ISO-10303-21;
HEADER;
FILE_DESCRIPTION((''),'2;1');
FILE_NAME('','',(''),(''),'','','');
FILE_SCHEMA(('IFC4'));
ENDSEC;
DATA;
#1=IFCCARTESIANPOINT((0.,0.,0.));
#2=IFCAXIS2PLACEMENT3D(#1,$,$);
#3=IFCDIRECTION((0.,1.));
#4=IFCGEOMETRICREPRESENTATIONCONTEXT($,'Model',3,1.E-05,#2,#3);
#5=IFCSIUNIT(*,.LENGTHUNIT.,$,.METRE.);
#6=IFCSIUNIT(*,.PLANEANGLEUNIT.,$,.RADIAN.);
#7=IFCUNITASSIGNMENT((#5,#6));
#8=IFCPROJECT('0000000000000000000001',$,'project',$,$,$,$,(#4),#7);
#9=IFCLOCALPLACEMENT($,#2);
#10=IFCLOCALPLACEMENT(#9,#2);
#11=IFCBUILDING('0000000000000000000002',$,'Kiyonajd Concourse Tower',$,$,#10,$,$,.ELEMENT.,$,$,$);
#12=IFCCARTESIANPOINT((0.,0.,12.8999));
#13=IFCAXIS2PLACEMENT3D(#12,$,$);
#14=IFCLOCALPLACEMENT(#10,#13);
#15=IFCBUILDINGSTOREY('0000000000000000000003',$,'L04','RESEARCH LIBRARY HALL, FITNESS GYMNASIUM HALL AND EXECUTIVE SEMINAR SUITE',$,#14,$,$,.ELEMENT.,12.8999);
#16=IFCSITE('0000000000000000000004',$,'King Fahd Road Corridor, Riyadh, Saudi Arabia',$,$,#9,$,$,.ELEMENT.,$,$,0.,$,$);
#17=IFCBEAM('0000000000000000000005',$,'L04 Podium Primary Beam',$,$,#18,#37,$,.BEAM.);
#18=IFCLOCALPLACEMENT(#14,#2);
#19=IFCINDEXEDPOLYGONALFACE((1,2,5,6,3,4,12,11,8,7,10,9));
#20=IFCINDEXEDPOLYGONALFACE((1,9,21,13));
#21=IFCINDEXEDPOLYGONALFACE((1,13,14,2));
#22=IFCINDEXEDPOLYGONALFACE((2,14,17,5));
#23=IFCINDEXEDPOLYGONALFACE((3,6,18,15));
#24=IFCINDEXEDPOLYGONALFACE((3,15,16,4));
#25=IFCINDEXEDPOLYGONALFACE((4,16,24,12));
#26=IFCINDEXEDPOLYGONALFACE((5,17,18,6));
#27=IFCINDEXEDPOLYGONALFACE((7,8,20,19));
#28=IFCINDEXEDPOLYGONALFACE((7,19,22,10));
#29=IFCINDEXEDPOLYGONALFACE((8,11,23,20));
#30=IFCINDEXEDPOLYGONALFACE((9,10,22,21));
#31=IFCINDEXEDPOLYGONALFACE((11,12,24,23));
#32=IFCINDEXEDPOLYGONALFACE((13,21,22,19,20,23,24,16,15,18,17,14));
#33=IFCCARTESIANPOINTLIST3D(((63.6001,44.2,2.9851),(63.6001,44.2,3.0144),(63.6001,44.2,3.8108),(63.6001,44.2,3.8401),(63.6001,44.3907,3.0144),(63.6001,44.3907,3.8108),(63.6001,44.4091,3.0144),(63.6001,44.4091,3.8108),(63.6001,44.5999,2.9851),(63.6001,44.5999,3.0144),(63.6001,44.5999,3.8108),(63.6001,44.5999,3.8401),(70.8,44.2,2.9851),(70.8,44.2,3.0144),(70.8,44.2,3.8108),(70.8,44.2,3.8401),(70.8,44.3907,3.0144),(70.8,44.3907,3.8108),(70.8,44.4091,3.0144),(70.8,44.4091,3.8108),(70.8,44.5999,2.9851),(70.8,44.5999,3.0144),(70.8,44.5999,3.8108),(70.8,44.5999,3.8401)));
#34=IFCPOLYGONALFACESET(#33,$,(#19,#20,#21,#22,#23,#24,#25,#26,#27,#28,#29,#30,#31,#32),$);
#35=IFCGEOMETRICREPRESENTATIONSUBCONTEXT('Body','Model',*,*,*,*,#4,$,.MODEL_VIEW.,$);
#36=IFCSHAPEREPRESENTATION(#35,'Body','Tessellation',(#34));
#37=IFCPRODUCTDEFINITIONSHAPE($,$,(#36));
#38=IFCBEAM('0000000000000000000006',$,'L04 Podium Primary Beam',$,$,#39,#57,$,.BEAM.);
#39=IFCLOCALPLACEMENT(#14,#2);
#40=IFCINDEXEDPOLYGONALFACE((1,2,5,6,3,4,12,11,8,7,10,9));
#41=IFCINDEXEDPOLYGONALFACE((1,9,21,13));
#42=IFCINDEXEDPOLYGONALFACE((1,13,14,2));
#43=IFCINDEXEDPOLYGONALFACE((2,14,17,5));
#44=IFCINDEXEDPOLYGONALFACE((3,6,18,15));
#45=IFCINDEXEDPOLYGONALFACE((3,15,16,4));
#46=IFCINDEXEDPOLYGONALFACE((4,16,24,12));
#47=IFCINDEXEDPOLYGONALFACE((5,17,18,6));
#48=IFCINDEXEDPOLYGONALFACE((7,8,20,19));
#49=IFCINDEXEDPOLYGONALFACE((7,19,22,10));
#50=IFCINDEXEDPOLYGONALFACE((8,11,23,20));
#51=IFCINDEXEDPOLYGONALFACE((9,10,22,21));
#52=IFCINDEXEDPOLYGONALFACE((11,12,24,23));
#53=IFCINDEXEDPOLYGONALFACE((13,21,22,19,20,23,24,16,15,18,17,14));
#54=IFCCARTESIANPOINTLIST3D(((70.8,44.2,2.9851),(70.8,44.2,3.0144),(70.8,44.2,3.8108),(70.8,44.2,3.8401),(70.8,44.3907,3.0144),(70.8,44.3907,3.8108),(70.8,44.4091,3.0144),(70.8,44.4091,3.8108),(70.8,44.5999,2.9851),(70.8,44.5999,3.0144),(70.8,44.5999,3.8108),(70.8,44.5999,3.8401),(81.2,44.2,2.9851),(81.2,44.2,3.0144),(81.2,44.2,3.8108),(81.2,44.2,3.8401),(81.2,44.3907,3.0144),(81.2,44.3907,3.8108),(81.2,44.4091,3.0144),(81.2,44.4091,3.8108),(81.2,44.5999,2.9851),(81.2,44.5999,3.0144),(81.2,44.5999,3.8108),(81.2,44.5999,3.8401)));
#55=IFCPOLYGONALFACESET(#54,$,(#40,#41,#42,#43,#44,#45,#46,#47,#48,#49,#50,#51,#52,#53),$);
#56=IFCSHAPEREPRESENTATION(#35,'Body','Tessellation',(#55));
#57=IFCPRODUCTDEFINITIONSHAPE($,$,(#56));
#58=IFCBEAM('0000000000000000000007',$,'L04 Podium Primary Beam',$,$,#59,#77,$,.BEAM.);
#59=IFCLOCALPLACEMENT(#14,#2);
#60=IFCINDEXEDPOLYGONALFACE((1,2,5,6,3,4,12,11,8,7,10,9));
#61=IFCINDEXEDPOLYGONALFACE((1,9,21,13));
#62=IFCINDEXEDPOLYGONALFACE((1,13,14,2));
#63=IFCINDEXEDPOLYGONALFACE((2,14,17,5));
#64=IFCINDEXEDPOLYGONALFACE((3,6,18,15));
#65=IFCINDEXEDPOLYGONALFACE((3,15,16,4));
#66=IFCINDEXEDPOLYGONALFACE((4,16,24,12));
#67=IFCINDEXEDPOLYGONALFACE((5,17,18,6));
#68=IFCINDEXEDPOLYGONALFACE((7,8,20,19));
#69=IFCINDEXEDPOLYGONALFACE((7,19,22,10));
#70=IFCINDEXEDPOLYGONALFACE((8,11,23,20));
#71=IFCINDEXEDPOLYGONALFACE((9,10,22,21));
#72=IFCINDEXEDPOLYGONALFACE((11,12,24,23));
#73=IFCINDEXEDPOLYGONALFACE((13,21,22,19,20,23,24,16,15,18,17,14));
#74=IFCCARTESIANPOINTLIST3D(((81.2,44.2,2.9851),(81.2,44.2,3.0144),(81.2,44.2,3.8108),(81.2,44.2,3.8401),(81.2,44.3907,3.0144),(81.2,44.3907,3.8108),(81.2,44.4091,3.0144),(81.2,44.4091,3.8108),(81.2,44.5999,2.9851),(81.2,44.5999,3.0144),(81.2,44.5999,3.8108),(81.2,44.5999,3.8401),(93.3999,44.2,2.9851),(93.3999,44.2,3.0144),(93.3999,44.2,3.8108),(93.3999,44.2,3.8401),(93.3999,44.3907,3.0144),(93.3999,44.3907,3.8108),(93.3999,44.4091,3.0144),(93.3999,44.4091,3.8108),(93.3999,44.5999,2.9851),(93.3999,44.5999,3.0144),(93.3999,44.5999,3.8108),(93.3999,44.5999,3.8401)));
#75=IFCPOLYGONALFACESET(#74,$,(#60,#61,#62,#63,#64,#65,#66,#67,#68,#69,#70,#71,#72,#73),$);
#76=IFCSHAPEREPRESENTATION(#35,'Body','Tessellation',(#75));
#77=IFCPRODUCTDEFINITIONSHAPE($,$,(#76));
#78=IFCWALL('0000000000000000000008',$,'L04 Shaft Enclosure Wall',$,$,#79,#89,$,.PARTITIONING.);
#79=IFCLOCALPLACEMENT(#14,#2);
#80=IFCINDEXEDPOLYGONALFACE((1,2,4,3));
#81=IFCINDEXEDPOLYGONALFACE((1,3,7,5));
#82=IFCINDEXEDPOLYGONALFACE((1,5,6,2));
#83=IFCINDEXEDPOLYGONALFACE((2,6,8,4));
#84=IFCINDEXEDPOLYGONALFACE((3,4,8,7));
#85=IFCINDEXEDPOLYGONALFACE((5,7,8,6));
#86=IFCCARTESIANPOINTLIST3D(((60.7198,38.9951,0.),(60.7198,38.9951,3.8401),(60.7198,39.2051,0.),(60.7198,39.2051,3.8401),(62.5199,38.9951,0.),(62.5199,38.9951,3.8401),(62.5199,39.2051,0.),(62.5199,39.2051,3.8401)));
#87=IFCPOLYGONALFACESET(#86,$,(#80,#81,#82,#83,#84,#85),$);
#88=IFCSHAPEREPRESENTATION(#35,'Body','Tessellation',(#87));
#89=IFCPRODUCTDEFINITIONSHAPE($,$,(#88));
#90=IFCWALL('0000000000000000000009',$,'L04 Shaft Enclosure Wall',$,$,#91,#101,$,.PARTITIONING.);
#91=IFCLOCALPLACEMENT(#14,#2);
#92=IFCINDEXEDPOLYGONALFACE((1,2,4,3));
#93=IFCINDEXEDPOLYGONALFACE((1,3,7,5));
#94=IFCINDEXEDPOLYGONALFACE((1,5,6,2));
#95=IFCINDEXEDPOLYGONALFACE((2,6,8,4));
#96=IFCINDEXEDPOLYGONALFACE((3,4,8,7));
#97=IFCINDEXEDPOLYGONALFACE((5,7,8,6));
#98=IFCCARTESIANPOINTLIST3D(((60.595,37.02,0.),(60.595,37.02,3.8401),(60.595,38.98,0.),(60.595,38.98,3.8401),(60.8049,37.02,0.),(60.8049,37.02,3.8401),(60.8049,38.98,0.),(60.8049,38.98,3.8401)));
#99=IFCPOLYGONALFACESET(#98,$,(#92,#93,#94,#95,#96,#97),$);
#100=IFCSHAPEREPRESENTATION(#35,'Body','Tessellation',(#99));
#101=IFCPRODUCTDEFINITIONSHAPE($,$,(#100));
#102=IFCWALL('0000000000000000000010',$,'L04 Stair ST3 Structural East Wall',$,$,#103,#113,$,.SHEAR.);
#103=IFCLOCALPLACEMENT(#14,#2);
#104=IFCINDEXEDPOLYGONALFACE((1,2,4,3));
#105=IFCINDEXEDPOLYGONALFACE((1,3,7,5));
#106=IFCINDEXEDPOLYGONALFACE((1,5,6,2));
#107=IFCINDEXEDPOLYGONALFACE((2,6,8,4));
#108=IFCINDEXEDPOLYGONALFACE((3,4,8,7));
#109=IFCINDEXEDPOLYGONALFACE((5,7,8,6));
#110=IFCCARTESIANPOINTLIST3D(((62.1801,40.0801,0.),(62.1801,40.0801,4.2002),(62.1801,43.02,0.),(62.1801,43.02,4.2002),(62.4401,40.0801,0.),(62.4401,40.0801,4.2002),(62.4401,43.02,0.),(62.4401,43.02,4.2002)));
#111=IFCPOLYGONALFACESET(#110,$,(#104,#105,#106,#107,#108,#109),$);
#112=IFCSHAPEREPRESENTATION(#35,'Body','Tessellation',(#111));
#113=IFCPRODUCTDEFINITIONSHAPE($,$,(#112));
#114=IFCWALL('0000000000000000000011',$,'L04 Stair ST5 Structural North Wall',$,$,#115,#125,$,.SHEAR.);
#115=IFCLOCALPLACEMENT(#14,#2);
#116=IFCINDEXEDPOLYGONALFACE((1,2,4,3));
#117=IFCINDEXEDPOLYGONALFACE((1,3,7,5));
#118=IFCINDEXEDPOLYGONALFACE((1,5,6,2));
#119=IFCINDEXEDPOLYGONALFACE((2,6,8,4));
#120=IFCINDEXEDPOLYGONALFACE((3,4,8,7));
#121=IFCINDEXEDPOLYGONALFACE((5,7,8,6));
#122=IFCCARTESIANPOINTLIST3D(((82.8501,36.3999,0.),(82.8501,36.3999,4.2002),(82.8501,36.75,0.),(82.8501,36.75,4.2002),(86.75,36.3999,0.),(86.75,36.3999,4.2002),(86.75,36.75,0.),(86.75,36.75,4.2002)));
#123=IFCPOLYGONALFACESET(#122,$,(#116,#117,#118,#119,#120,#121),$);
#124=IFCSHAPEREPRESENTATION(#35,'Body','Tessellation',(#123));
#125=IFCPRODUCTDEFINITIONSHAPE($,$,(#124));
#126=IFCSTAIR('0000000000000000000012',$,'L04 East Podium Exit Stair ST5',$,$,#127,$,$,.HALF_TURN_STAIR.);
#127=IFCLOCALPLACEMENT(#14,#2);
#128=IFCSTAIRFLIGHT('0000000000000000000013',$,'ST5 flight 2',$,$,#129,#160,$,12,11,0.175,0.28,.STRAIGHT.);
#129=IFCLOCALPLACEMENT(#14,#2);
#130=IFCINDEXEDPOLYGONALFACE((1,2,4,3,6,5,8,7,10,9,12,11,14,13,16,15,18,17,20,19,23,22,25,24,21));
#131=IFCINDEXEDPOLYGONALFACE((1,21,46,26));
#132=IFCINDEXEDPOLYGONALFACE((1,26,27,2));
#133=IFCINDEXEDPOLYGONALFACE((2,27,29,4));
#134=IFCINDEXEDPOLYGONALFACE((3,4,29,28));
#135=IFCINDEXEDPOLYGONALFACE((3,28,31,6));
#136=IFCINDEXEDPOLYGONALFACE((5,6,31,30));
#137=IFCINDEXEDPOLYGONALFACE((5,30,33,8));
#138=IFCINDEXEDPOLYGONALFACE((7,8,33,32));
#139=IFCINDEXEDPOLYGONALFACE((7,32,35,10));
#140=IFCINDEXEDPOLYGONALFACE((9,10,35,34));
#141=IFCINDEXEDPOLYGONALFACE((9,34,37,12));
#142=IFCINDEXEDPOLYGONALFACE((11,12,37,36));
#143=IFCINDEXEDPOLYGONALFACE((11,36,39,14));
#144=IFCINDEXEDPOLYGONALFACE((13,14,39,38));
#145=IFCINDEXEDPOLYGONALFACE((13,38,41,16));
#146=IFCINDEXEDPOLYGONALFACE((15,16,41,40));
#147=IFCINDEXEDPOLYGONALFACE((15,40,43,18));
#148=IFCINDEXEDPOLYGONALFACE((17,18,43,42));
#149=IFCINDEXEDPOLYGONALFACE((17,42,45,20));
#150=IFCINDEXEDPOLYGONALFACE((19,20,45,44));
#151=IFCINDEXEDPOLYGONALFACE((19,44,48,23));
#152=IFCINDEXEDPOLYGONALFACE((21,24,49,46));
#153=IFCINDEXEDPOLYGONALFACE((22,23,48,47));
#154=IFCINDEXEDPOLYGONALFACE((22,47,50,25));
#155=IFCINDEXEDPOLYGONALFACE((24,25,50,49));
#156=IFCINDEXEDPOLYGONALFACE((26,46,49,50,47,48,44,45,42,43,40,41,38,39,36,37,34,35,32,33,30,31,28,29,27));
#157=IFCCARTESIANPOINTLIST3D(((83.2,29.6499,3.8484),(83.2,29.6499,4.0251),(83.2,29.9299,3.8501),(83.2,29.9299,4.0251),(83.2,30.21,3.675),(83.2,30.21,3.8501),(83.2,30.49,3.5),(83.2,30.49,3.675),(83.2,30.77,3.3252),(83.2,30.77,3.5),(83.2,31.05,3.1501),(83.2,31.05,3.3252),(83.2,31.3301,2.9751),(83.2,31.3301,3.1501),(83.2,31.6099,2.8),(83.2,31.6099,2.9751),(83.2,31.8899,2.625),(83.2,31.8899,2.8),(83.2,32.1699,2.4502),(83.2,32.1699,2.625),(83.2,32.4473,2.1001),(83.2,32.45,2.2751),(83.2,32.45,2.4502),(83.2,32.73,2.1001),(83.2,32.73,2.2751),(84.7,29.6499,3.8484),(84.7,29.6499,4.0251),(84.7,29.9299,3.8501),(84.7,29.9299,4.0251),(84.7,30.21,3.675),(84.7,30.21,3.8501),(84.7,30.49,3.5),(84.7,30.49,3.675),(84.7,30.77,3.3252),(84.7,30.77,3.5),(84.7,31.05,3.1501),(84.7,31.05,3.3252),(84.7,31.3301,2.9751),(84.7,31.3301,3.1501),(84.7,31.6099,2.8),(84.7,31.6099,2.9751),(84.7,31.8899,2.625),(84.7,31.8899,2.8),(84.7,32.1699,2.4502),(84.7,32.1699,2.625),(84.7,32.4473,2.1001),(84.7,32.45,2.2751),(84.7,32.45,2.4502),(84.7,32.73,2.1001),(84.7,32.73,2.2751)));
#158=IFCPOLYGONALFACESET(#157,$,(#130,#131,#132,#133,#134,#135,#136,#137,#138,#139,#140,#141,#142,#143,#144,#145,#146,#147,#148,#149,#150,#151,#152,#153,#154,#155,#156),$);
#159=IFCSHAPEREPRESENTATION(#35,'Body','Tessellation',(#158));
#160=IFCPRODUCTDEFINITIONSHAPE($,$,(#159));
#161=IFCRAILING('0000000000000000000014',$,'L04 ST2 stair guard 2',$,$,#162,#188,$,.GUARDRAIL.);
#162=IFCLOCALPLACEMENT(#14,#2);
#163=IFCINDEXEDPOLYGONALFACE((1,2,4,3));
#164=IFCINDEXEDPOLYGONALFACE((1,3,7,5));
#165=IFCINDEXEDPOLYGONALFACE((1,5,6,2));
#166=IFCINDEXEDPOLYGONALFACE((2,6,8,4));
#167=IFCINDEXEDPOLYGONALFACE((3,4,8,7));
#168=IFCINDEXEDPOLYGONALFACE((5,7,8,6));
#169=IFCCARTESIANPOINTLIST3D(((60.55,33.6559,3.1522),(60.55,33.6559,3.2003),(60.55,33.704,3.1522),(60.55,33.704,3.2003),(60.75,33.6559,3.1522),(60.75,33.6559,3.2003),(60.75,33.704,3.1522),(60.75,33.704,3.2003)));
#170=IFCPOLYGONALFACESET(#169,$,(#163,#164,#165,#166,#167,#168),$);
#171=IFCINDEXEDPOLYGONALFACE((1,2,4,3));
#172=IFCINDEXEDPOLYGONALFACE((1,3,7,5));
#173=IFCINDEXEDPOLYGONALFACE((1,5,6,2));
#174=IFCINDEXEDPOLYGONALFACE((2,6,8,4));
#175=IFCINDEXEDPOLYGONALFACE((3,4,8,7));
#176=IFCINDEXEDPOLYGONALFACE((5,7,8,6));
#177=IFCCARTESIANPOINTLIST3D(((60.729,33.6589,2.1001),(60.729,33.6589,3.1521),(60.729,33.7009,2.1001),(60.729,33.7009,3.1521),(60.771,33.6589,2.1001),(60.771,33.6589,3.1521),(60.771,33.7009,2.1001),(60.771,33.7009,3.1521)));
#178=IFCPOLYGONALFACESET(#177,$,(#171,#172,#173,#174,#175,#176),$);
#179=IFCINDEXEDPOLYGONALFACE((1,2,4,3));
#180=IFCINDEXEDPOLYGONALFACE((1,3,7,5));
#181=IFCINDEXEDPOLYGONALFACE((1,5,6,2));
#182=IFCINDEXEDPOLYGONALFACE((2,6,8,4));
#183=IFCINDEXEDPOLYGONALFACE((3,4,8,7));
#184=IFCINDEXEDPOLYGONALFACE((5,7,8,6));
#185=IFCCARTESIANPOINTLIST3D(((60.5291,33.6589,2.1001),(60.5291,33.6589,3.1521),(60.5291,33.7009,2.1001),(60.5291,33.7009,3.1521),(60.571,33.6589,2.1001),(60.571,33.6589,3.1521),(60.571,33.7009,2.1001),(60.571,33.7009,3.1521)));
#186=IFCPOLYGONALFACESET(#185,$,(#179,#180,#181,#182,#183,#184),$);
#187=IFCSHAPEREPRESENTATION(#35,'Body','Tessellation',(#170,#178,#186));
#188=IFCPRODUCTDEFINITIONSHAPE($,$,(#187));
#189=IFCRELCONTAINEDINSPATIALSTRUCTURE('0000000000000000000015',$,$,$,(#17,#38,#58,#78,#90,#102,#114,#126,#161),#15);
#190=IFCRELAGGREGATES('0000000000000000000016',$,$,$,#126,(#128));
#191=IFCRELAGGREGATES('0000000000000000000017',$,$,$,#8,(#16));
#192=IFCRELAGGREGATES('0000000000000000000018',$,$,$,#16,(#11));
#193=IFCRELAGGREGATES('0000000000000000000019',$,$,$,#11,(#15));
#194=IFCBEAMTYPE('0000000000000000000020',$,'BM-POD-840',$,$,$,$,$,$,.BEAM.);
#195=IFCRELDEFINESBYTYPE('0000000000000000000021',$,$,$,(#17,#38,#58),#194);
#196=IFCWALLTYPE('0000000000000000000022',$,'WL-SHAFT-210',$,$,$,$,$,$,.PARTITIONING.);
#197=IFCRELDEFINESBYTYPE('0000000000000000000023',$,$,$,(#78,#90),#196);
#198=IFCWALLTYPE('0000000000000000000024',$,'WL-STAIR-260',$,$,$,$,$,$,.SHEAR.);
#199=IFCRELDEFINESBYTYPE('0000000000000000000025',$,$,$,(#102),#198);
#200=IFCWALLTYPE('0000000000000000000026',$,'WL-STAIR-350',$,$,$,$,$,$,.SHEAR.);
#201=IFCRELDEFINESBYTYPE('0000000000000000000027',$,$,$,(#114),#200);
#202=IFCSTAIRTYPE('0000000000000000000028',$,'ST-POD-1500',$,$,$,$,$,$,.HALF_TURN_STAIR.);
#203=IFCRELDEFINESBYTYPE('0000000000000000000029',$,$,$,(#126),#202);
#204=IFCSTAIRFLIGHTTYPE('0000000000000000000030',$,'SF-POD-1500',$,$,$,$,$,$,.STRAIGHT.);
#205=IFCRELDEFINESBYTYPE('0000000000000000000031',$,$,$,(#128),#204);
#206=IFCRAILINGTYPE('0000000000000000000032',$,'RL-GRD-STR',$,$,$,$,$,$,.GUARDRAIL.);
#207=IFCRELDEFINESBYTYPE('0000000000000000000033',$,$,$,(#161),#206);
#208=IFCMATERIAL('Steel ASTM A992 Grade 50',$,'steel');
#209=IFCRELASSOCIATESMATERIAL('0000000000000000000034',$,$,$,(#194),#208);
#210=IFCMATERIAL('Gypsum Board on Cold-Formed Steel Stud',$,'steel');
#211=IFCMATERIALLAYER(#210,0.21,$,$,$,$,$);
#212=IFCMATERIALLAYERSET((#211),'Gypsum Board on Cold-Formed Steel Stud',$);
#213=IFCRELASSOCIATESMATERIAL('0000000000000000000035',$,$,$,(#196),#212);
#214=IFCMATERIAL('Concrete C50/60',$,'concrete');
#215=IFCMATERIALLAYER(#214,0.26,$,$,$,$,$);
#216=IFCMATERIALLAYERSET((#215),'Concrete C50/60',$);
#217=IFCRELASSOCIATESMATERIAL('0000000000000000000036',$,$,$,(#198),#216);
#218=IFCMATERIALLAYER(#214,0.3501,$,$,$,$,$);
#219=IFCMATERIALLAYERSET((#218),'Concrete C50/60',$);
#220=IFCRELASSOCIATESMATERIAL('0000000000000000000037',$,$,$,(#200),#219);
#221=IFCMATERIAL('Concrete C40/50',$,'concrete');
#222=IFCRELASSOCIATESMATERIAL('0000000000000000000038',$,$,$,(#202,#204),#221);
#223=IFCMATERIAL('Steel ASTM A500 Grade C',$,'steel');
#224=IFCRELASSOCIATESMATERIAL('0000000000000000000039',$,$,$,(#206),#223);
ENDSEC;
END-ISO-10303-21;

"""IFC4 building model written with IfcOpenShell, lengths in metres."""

from ifc_helpers import new_model, si_unit, direction, frame, frame_2d, origin, origin_2d, place, context, subcontext, project, spatial, polyline, rectangle, i_section, outline, extrude, material, layer, layer_set, material_profile, profile_set, type_object, element, aggregate, save


model = new_model("IFC4")

# Units and contexts
model_context = context("Model", 3, precision=1e-05, world=origin(), true_north=direction((0.0, 1.0)))
body_context = subcontext(model_context, "Body", "Model", "MODEL_VIEW")
ifc_project = project(units=[si_unit("LENGTHUNIT", "METRE"), si_unit("PLANEANGLEUNIT", "RADIAN")], contexts=[model_context])

# Site, building, storey
site_placement = place(None, origin())
site = spatial("IfcSite", under=ifc_project, at=site_placement, Name="King Fahd Road Corridor, Riyadh, Saudi Arabia", CompositionType="ELEMENT", RefElevation=0.0)
building_placement = place(site_placement, origin())
building = spatial("IfcBuilding", under=site, at=building_placement, Name="Kiyonajd Concourse Tower", CompositionType="ELEMENT")
storey_placement = place(building_placement, frame((0.0, 0.0, 12.8999)))
storey = spatial("IfcBuildingStorey", under=building, at=storey_placement, Name="L04", Description="RESEARCH LIBRARY HALL, FITNESS GYMNASIUM HALL AND EXECUTIVE SEMINAR SUITE", CompositionType="ELEMENT", Elevation=12.8999)

# Beams
ifc_material_1 = material(Name="Steel ASTM A992 Grade 50", Category="steel")
ifc_material_profile_1 = material_profile(ifc_material_1, i_section(OverallWidth=0.3999, OverallDepth=0.855, WebThickness=0.0183, FlangeThickness=0.0293, at=origin_2d()), Name="W840X299")
ifc_profile_set_1 = profile_set([ifc_material_profile_1], Name="Steel ASTM A992 Grade 50")
beam_type_1 = type_object("IfcBeamType", Name="BM-POD-840", PredefinedType="BEAM", material=ifc_profile_set_1)
beam_1_placement = place(storey_placement, frame((63.6001, 44.3999, 3.4126), z_axis=(1.0, 0.0, 0.0), x_axis=(0.0, 1.0, 0.0)))
element("IfcBeam", 1, at=beam_1_placement, inside=storey, type_object=beam_type_1, Name="L04 Podium Primary Beam", PredefinedType="BEAM", context=body_context, shape_type="SweptSolid", body=[
    extrude(i_section(OverallWidth=0.3999, OverallDepth=0.855, WebThickness=0.0183, FlangeThickness=0.0293, at=origin_2d()), origin(), (0.0, 0.0, 1.0), 7.2),
])
beam_2_placement = place(storey_placement, frame((70.8, 44.3999, 3.4126), z_axis=(1.0, 0.0, 0.0), x_axis=(0.0, 1.0, 0.0)))
element("IfcBeam", 2, at=beam_2_placement, inside=storey, type_object=beam_type_1, Name="L04 Podium Primary Beam", PredefinedType="BEAM", context=body_context, shape_type="SweptSolid", body=[
    extrude(i_section(OverallWidth=0.3999, OverallDepth=0.855, WebThickness=0.0183, FlangeThickness=0.0293, at=origin_2d()), origin(), (0.0, 0.0, 1.0), 10.3999),
])
beam_3_placement = place(storey_placement, frame((81.2, 44.3999, 3.4126), z_axis=(1.0, 0.0, 0.0), x_axis=(0.0, 1.0, 0.0)))
element("IfcBeam", 3, at=beam_3_placement, inside=storey, type_object=beam_type_1, Name="L04 Podium Primary Beam", PredefinedType="BEAM", context=body_context, shape_type="SweptSolid", body=[
    extrude(i_section(OverallWidth=0.3999, OverallDepth=0.855, WebThickness=0.0183, FlangeThickness=0.0293, at=origin_2d()), origin(), (0.0, 0.0, 1.0), 12.2),
])

# Walls
ifc_material_2 = material(Name="Gypsum Board on Cold-Formed Steel Stud", Category="steel")
ifc_layer_1 = layer(ifc_material_2, 0.21)
ifc_layer_set_1 = layer_set([ifc_layer_1], Name="Gypsum Board on Cold-Formed Steel Stud")
wall_type_1 = type_object("IfcWallType", Name="WL-SHAFT-210", PredefinedType="PARTITIONING", material=ifc_layer_set_1)
wall_1_placement = place(storey_placement, frame((60.72, 39.1001, 0.0), z_axis=(0.0, 0.0, 1.0), x_axis=(1.0, 0.0, 0.0)))
element("IfcWall", 4, at=wall_1_placement, inside=storey, type_object=wall_type_1, Name="L04 Shaft Enclosure Wall", PredefinedType="PARTITIONING", context=body_context, shape_type="SweptSolid", body=[
    extrude(rectangle(XDim=1.8, YDim=0.21, at=frame_2d((0.8999, 0.0))), origin(), (0.0, 0.0, 1.0), 3.8401),
])
wall_2_placement = place(storey_placement, frame((60.7, 37.02, 0.0), z_axis=(0.0, 0.0, 1.0), x_axis=(0.0, 1.0, 0.0)))
element("IfcWall", 5, at=wall_2_placement, inside=storey, type_object=wall_type_1, Name="L04 Shaft Enclosure Wall", PredefinedType="PARTITIONING", context=body_context, shape_type="SweptSolid", body=[
    extrude(rectangle(XDim=1.96, YDim=0.21, at=frame_2d((0.98, 0.0))), origin(), (0.0, 0.0, 1.0), 3.8401),
])
ifc_material_3 = material(Name="Concrete C50/60", Category="concrete")
ifc_layer_2 = layer(ifc_material_3, 0.26)
ifc_layer_set_2 = layer_set([ifc_layer_2], Name="Concrete C50/60")
wall_type_2 = type_object("IfcWallType", Name="WL-STAIR-260", PredefinedType="SHEAR", material=ifc_layer_set_2)
wall_3_placement = place(storey_placement, frame((62.3101, 40.0801, 0.0), z_axis=(0.0, 0.0, 1.0), x_axis=(0.0, 1.0, 0.0)))
element("IfcWall", 6, at=wall_3_placement, inside=storey, type_object=wall_type_2, Name="L04 Stair ST3 Structural East Wall", PredefinedType="SHEAR", context=body_context, shape_type="SweptSolid", body=[
    extrude(rectangle(XDim=2.9399, YDim=0.26, at=frame_2d((1.47, 0.0))), origin(), (0.0, 0.0, 1.0), 4.2002),
])
ifc_layer_3 = layer(ifc_material_3, 0.3501)
ifc_layer_set_3 = layer_set([ifc_layer_3], Name="Concrete C50/60")
wall_type_3 = type_object("IfcWallType", Name="WL-STAIR-350", PredefinedType="SHEAR", material=ifc_layer_set_3)
wall_4_placement = place(storey_placement, frame((82.8501, 36.575, 0.0), z_axis=(0.0, 0.0, 1.0), x_axis=(1.0, 0.0, 0.0)))
element("IfcWall", 7, at=wall_4_placement, inside=storey, type_object=wall_type_3, Name="L04 Stair ST5 Structural North Wall", PredefinedType="SHEAR", context=body_context, shape_type="SweptSolid", body=[
    extrude(rectangle(XDim=3.8999, YDim=0.3501, at=frame_2d((1.95, 0.0))), origin(), (0.0, 0.0, 1.0), 4.2002),
])

# Stair, stair flight
ifc_material_4 = material(Name="Concrete C40/50", Category="concrete")
stair_type = type_object("IfcStairType", Name="ST-POD-1500", PredefinedType="HALF_TURN_STAIR", material=ifc_material_4)
stair_placement = place(storey_placement, origin())
stair = element("IfcStair", 8, at=stair_placement, inside=storey, type_object=stair_type, Name="L04 East Podium Exit Stair ST5", PredefinedType="HALF_TURN_STAIR")
stair_flight_type = type_object("IfcStairFlightType", Name="SF-POD-1500", PredefinedType="STRAIGHT", material=ifc_material_4)
stair_flight_placement = place(storey_placement, frame((83.95, 32.73, 2.1001), z_axis=(0.0, 0.0, 1.0), x_axis=(0.0, -1.0, 0.0)))
stair_flight = element("IfcStairFlight", 9, at=stair_flight_placement, type_object=stair_flight_type, Name="ST5 flight 2", NumberOfRisers=12, NumberOfTreads=11, PredefinedType="STRAIGHT", RiserHeight=0.175, TreadLength=0.28, context=body_context, shape_type="SweptSolid", body=[
    extrude(outline(polyline([(0.0, 0.0), (0.0, 0.175), (0.28, 0.175), (0.28, 0.3501), (0.5601, 0.3501), (0.5601, 0.5249), (0.8401, 0.5249), (0.8401, 0.7), (1.1201, 0.7), (1.1201, 0.875), (1.3999, 0.875), (1.3999, 1.05), (1.6799, 1.05), (1.6799, 1.2251), (1.96, 1.2251), (1.96, 1.3999), (2.24, 1.3999), (2.24, 1.575), (2.52, 1.575), (2.52, 1.75), (2.8, 1.75), (2.8, 1.925), (3.0801, 1.925), (3.0801, 2.1001), (3.0801, 1.7483), (0.2827, 0.0), (0.0, 0.0)])), frame((0.0, 0.75, 0.0), z_axis=(0.0, -1.0, 0.0), x_axis=(1.0, 0.0, 0.0)), (0.0, 0.0, 1.0), 1.5),
])
aggregate(stair, [stair_flight])

# Railing
ifc_material_5 = material(Name="Steel ASTM A500 Grade C", Category="steel")
railing_type_1 = type_object("IfcRailingType", Name="RL-GRD-STR", PredefinedType="GUARDRAIL", material=ifc_material_5)
railing_1_placement = place(storey_placement, frame((60.75, 33.6799, 2.1001)))
element("IfcRailing", 10, at=railing_1_placement, inside=storey, type_object=railing_type_1, Name="L04 ST2 stair guard 2", PredefinedType="GUARDRAIL", context=body_context, shape_type="SweptSolid", body=[
    extrude(rectangle(XDim=0.0481, YDim=0.0481, at=origin_2d()), frame((0.0, 0.0, 1.0762), z_axis=(-1.0, 0.0, 0.0), x_axis=(0.0, -1.0, 0.0)), (0.0, 0.0, 1.0), 0.2),
    extrude(rectangle(XDim=0.042, YDim=0.042, at=origin_2d()), origin(), (0.0, 0.0, 1.0), 1.052),
    extrude(rectangle(XDim=0.042, YDim=0.042, at=origin_2d()), frame((-0.2, 0.0, 0.0)), (0.0, 0.0, 1.0), 1.052),
])

save(model, "model.ifc")
